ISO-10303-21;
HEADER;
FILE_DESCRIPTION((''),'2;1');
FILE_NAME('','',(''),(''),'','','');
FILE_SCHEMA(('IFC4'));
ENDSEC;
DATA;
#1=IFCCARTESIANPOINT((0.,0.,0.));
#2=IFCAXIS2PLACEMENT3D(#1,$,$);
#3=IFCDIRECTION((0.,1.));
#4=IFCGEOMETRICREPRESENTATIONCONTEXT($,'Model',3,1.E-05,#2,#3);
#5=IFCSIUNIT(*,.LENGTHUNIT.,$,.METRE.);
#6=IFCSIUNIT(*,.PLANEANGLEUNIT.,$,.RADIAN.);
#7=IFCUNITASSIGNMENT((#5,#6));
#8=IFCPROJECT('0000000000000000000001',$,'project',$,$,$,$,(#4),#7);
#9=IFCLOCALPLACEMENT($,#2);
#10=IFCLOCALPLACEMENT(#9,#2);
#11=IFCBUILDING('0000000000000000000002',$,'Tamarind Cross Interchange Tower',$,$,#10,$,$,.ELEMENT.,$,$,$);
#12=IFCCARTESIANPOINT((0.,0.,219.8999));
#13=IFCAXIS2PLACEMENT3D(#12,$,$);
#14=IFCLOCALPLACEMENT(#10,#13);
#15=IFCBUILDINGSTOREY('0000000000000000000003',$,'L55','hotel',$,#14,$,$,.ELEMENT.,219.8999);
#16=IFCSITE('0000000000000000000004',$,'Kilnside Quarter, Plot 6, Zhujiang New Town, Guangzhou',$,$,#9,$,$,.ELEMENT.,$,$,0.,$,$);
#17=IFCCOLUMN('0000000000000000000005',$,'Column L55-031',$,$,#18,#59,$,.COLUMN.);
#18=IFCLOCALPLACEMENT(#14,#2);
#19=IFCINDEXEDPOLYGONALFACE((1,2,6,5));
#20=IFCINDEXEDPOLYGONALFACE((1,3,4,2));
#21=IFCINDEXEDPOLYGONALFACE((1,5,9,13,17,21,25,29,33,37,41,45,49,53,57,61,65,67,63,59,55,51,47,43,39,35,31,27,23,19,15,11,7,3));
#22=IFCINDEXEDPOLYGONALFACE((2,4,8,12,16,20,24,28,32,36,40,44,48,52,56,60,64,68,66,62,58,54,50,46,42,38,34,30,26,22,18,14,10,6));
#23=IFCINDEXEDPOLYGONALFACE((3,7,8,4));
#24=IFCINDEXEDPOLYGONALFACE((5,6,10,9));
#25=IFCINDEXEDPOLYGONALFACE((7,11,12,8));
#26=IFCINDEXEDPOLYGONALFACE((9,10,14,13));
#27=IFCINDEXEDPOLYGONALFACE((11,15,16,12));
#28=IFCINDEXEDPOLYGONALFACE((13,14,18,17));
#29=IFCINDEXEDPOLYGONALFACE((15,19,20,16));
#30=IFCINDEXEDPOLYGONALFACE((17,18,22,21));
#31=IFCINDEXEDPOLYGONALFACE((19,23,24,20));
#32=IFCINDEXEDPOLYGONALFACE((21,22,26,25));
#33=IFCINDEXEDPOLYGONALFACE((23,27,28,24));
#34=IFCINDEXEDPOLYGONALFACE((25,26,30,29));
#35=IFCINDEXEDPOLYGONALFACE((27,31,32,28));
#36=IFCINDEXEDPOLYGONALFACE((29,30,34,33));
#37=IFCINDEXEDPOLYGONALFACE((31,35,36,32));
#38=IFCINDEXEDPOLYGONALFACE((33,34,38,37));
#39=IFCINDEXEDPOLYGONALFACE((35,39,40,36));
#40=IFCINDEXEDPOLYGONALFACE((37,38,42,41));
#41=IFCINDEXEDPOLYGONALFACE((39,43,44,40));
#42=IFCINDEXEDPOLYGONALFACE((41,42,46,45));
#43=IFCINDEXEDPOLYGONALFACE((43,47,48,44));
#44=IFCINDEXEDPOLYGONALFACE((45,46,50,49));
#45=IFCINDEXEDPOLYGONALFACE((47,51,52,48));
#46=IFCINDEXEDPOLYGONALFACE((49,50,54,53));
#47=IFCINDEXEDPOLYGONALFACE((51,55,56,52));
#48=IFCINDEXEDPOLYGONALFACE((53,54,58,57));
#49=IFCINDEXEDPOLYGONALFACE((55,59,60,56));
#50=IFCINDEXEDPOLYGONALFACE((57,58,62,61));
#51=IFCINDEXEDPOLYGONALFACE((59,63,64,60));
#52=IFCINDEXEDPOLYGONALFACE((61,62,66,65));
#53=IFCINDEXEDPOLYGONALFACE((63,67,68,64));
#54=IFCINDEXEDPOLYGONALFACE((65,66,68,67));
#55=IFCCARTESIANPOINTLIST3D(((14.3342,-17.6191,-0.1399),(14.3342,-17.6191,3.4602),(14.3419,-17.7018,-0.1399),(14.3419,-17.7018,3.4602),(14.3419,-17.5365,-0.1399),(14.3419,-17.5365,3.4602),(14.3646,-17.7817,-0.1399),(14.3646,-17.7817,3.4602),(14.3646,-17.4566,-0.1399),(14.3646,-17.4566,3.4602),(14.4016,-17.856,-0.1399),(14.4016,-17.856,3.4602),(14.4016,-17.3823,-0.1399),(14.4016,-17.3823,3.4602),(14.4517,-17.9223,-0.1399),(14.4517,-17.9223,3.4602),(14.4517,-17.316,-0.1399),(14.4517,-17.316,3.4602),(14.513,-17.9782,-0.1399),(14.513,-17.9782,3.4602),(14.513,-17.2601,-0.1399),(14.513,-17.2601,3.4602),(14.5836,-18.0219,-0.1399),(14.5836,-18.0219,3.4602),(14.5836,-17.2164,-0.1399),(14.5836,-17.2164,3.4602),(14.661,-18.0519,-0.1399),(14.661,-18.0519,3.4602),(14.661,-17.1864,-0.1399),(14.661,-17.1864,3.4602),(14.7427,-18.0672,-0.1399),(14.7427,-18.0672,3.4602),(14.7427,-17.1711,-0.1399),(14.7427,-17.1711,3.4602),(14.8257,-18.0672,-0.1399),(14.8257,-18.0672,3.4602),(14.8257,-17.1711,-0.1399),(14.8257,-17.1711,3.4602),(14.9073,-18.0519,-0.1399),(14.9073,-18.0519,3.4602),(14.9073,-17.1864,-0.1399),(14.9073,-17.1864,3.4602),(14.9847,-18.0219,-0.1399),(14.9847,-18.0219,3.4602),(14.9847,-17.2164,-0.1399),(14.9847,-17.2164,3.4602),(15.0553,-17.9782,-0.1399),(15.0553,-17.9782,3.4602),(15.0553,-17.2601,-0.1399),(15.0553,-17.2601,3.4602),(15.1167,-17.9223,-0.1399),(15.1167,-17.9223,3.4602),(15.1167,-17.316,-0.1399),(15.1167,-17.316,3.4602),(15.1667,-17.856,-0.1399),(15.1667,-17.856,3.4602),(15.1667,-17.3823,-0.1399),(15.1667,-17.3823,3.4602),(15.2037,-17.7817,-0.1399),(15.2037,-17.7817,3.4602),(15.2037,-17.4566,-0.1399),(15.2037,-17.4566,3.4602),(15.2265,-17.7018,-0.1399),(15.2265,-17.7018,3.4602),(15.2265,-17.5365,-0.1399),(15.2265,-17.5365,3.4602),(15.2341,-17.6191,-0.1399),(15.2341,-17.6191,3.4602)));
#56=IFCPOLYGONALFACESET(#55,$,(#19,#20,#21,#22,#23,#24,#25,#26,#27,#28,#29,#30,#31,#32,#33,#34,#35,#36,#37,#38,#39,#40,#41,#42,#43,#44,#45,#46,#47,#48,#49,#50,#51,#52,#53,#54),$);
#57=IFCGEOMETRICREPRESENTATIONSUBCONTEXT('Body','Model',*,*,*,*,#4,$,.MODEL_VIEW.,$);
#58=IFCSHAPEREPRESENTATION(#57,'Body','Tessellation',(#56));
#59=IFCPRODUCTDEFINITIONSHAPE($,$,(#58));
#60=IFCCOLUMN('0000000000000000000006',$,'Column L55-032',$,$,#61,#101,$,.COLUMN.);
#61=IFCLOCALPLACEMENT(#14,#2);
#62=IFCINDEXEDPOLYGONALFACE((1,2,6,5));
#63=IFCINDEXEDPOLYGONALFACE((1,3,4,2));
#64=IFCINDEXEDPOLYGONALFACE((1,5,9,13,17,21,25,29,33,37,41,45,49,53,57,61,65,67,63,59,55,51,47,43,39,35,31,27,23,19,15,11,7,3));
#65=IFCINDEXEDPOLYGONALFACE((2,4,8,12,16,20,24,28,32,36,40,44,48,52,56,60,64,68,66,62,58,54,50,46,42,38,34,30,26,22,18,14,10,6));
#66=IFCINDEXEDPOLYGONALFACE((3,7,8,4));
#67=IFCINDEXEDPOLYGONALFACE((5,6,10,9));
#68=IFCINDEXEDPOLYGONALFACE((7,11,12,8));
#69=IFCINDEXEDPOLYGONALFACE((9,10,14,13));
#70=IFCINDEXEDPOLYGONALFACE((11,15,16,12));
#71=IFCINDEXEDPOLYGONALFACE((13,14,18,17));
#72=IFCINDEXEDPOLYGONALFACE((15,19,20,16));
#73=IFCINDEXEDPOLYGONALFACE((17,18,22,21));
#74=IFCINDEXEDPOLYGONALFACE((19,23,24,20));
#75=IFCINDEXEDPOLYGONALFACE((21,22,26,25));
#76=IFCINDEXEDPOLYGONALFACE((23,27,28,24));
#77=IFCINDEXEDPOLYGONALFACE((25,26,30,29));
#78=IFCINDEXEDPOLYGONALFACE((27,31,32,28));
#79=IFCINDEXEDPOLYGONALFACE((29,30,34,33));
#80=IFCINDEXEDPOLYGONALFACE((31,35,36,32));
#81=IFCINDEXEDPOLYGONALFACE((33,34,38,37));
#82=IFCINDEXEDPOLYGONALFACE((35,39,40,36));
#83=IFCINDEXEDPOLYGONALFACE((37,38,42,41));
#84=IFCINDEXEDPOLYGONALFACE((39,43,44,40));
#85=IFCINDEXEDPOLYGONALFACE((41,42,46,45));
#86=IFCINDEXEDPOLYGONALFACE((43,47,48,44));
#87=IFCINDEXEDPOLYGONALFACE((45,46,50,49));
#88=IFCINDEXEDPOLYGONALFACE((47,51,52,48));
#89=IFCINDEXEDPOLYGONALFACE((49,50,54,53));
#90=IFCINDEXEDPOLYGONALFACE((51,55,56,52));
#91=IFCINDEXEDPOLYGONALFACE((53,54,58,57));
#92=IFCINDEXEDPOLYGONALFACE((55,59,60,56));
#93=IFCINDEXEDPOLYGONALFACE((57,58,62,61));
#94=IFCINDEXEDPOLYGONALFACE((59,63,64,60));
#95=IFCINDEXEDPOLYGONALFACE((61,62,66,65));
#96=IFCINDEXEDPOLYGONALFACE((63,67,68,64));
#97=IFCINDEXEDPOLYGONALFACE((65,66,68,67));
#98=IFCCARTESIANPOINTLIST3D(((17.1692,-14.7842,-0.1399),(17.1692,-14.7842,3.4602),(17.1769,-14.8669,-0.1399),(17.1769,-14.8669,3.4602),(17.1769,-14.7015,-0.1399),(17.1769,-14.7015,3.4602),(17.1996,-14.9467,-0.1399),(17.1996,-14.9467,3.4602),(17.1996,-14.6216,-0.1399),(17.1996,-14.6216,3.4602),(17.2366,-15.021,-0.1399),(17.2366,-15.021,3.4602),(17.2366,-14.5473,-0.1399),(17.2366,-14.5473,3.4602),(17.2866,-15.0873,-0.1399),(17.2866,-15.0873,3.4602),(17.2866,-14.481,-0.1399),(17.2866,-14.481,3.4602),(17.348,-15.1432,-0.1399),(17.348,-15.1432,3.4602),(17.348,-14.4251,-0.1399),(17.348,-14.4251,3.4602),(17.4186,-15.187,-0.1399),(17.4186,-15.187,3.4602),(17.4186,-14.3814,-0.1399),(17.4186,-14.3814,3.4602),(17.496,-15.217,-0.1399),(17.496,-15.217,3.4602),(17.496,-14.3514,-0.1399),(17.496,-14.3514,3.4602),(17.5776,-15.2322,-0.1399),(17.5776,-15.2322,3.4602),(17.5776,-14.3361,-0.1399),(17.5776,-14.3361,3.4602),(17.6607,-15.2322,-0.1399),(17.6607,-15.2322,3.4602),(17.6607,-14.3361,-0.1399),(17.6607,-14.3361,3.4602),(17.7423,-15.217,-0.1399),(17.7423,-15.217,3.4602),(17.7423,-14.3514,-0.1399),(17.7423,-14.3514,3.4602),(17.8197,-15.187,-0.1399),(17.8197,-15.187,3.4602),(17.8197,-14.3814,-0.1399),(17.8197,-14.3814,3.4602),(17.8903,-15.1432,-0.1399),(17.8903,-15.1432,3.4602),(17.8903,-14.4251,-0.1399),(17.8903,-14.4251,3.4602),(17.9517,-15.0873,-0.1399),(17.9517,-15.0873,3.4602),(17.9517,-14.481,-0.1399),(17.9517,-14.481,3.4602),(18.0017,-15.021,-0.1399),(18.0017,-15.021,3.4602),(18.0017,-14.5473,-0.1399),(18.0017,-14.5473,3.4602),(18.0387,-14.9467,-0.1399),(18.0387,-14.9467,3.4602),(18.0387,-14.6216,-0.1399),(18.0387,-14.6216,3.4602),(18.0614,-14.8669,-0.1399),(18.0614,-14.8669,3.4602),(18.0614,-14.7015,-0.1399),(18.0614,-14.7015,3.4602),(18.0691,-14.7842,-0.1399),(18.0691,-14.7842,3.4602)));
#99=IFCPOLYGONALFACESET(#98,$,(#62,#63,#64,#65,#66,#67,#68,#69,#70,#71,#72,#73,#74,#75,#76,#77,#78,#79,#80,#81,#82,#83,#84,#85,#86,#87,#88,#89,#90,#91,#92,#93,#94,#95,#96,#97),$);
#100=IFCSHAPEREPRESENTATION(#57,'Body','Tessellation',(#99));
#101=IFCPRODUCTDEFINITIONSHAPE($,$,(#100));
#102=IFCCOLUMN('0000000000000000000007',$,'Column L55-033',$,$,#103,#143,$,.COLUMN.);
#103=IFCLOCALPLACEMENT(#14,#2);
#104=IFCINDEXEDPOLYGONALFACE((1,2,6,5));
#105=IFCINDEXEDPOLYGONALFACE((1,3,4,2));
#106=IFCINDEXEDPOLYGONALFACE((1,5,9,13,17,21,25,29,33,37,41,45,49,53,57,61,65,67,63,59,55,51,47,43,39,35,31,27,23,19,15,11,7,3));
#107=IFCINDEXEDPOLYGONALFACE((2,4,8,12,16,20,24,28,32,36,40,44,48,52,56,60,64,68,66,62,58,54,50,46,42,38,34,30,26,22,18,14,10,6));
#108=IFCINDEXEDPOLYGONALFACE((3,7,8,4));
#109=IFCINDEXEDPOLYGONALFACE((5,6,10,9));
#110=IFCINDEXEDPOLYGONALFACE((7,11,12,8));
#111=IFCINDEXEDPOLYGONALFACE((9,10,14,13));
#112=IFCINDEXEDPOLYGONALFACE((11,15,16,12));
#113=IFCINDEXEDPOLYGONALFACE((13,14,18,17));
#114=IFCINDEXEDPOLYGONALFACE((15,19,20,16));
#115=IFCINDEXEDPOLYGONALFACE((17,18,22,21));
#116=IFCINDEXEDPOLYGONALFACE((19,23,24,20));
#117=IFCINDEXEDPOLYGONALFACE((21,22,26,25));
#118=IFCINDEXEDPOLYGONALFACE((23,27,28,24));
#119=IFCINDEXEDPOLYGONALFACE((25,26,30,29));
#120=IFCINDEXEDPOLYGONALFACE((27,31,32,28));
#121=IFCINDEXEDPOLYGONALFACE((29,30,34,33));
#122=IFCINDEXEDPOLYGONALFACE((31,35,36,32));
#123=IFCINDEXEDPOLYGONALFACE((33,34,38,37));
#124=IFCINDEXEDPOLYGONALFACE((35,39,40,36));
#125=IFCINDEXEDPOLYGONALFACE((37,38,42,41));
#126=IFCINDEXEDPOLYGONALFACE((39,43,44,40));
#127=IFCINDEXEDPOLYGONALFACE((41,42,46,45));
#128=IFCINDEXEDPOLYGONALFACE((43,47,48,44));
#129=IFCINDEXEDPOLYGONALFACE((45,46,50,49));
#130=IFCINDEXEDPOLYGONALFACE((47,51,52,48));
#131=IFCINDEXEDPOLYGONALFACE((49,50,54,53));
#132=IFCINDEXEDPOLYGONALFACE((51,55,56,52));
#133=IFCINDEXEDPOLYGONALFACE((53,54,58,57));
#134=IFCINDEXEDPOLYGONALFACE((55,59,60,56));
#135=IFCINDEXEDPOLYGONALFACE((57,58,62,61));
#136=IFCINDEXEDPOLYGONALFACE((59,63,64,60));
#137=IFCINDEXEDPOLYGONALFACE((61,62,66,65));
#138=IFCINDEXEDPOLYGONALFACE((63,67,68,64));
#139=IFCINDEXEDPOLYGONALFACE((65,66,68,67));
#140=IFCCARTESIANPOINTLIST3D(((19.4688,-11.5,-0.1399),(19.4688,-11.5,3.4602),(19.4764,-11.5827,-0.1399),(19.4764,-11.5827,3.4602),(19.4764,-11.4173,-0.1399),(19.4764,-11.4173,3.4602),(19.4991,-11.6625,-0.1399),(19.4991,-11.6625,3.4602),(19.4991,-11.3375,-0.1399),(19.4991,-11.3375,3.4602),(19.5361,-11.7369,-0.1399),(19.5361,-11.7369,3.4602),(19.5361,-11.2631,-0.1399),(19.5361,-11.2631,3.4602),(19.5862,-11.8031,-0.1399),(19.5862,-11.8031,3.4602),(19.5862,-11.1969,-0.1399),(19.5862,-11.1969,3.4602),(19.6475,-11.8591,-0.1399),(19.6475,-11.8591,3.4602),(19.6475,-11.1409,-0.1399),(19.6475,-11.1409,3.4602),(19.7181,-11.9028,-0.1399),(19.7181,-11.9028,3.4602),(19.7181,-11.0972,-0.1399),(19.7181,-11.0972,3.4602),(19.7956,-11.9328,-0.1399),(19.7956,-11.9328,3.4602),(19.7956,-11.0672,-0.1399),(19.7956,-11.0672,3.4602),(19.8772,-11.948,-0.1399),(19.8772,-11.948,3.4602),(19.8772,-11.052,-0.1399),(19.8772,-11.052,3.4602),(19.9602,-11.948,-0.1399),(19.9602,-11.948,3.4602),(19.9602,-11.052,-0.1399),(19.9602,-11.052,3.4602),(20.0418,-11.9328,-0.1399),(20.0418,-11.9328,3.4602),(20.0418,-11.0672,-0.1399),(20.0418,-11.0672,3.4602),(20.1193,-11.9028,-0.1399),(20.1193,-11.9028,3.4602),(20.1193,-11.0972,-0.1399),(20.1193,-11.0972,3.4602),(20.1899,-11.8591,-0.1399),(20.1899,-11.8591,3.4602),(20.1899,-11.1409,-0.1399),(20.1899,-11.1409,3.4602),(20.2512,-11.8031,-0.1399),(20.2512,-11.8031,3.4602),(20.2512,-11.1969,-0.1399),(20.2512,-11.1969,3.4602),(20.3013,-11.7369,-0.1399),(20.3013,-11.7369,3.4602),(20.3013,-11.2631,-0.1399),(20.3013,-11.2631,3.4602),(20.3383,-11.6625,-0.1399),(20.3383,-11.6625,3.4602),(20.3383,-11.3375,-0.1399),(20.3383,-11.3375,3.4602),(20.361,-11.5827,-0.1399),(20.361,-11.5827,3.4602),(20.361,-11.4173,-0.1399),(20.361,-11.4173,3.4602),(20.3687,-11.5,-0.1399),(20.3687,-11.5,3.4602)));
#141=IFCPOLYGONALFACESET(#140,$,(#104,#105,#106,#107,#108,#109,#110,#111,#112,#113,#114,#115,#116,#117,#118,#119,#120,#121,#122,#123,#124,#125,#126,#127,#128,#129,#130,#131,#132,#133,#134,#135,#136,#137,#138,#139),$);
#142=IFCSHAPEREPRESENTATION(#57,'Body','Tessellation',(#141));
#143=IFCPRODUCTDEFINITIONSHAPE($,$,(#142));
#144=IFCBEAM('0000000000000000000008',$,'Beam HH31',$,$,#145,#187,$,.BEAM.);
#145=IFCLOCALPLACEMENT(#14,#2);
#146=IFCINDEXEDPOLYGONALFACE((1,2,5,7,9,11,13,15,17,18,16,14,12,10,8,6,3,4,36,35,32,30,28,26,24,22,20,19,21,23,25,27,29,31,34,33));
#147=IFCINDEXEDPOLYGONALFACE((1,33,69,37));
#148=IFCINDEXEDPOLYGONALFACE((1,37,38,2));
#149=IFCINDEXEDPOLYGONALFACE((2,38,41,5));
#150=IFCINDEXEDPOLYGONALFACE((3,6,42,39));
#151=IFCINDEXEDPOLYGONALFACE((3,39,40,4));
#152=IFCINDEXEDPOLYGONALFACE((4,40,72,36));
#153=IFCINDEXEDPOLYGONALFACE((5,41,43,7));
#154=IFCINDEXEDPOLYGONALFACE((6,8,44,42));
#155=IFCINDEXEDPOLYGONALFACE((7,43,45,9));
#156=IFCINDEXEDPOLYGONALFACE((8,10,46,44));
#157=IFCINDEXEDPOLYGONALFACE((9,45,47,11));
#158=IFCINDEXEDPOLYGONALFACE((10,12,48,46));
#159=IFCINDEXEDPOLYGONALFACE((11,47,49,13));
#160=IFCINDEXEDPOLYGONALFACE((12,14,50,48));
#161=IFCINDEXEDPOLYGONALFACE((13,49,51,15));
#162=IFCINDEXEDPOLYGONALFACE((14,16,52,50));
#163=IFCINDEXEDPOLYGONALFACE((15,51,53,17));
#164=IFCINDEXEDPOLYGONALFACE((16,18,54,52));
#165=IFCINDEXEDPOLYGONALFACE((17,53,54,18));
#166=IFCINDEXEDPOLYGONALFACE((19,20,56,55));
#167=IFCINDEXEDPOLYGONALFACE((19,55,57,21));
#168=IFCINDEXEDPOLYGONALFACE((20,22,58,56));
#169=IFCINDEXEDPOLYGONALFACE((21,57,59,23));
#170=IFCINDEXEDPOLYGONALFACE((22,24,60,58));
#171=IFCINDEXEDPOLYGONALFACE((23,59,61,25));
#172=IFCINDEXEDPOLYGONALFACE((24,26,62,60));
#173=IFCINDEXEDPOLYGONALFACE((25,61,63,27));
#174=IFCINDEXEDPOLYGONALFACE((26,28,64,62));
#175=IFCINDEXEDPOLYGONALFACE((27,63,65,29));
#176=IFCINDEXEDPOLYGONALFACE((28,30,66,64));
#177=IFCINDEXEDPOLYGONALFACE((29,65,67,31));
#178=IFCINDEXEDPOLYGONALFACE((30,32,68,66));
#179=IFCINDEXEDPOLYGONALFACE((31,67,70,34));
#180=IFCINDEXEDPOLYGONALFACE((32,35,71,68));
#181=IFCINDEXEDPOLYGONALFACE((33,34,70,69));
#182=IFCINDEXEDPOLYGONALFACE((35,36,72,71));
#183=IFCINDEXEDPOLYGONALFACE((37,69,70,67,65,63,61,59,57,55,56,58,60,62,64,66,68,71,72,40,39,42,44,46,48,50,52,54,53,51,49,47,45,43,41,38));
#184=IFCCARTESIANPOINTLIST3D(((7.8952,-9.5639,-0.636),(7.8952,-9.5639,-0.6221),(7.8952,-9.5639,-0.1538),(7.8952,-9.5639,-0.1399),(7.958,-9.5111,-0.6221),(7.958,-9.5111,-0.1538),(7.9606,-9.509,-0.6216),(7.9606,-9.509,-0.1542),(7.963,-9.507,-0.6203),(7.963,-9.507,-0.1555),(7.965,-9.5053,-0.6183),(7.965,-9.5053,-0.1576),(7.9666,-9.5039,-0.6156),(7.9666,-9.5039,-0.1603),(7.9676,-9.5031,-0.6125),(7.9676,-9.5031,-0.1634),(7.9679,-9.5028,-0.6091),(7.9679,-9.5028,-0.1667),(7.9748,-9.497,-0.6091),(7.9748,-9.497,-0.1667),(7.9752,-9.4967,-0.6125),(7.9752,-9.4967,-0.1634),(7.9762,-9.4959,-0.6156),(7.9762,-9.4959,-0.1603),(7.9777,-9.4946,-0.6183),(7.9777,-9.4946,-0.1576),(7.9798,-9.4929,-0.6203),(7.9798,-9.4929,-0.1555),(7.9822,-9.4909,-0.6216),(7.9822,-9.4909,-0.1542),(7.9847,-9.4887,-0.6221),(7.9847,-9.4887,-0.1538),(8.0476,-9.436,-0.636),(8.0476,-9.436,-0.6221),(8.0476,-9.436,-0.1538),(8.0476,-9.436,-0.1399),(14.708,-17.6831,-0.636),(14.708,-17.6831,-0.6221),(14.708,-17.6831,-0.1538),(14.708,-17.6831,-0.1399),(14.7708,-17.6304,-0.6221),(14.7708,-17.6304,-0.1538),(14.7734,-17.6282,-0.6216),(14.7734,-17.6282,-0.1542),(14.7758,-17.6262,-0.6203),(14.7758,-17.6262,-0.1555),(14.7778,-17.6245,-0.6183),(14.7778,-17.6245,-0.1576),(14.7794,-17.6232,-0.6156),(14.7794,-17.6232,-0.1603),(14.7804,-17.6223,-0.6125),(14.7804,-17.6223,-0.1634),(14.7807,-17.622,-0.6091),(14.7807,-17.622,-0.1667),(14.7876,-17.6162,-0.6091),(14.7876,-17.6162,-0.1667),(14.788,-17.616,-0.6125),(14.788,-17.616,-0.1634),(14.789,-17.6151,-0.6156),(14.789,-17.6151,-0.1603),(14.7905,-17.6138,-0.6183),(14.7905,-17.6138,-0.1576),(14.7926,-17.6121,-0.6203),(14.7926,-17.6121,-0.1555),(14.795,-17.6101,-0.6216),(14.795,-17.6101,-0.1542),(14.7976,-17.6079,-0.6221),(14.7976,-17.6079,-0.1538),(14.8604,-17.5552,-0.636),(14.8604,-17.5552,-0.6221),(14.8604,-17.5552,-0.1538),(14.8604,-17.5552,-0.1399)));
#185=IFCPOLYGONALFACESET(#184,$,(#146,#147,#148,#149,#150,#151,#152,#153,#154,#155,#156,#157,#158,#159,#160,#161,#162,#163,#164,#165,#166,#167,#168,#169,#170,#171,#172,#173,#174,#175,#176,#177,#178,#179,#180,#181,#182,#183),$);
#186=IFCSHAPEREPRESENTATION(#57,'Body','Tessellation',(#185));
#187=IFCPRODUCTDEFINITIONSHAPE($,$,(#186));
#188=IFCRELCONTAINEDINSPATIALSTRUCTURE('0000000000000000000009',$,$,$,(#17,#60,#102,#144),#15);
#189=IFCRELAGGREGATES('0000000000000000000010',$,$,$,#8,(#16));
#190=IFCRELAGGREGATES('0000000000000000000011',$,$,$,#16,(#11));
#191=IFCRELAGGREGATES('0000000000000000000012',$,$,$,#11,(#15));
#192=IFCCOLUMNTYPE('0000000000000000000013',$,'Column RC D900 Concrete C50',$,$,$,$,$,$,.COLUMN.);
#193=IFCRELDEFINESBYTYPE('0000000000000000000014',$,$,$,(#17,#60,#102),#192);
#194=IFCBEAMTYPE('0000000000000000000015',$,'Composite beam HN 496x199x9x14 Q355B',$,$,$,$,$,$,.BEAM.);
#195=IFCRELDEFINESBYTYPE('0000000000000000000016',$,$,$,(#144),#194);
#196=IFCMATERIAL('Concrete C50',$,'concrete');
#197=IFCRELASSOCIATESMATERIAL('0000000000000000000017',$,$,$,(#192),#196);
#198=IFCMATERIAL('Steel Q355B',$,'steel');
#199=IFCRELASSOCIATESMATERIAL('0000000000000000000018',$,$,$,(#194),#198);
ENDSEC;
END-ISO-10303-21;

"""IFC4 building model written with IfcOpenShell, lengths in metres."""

from ifc_helpers import new_model, si_unit, direction, frame, origin, origin_2d, place, context, subcontext, project, spatial, circle, i_section, extrude, material, material_profile, profile_set, type_object, element, save


model = new_model("IFC4")

# Units and contexts
model_context = context("Model", 3, precision=1e-05, world=origin(), true_north=direction((0.0, 1.0)))
body_context = subcontext(model_context, "Body", "Model", "MODEL_VIEW")
ifc_project = project(units=[si_unit("LENGTHUNIT", "METRE"), si_unit("PLANEANGLEUNIT", "RADIAN")], contexts=[model_context])

# Site, building, storey
site_placement = place(None, origin())
site = spatial("IfcSite", under=ifc_project, at=site_placement, Name="Kilnside Quarter, Plot 6, Zhujiang New Town, Guangzhou", CompositionType="ELEMENT", RefElevation=0.0)
building_placement = place(site_placement, origin())
building = spatial("IfcBuilding", under=site, at=building_placement, Name="Tamarind Cross Interchange Tower", CompositionType="ELEMENT")
storey_placement = place(building_placement, frame((0.0, 0.0, 219.8999)))
storey = spatial("IfcBuildingStorey", under=building, at=storey_placement, Name="L55", Description="hotel", CompositionType="ELEMENT", Elevation=219.8999)

# Columns
ifc_material_1 = material(Name="Concrete C50", Category="concrete")
ifc_material_profile_1 = material_profile(ifc_material_1, circle(Radius=0.45, at=origin_2d()), Name="RC D900")
ifc_profile_set_1 = profile_set([ifc_material_profile_1], Name="Concrete C50")
column_type = type_object("IfcColumnType", Name="Column RC D900 Concrete C50", PredefinedType="COLUMN", material=ifc_profile_set_1)
for number, where, z_axis, x_axis, name in (
    (1, (14.7842, -17.6191, -0.1399), (0.0, 0.0, 1.0), (1.0, 0.0, 0.0), "Column L55-031"),
    (2, (17.6191, -14.7842, -0.1399), (0.0, 0.0, 1.0), (1.0, 0.0, 0.0), "Column L55-032"),
    (3, (19.9187, -11.5, -0.1399), (0.0, 0.0, 1.0), (1.0, 0.0, 0.0), "Column L55-033"),
):
    element("IfcColumn", number, at=place(storey_placement, frame(where, z_axis=z_axis, x_axis=x_axis)), inside=storey, type_object=column_type, Name=name, PredefinedType="COLUMN", context=body_context, shape_type="SweptSolid", body=[
        extrude(circle(Radius=0.45, at=origin_2d()), origin(), (0.0, 0.0, 1.0), 3.6001),
    ])

# Beam
ifc_material_2 = material(Name="Steel Q355B", Category="steel")
ifc_material_profile_2 = material_profile(ifc_material_2, i_section(OverallWidth=0.199, OverallDepth=0.4961, WebThickness=0.009, FlangeThickness=0.0139, FilletRadius=0.0129, at=origin_2d()), Name="HN 496x199x9x14")
ifc_profile_set_2 = profile_set([ifc_material_profile_2], Name="Steel Q355B")
beam_type = type_object("IfcBeamType", Name="Composite beam HN 496x199x9x14 Q355B", PredefinedType="BEAM", material=ifc_profile_set_2)
beam_1_placement = place(storey_placement, frame((14.7842, -17.6191, -0.3879), z_axis=(-0.642786, 0.766046, 0.0), x_axis=(-0.766046, -0.642786, 0.0)))
element("IfcBeam", 4, at=beam_1_placement, inside=storey, type_object=beam_type, Name="Beam HH31", PredefinedType="BEAM", context=body_context, shape_type="SweptSolid", body=[
    extrude(i_section(OverallWidth=0.199, OverallDepth=0.4961, WebThickness=0.009, FlangeThickness=0.0139, FilletRadius=0.0129, at=origin_2d()), origin(), (0.0, 0.0, 1.0), 10.5989),
])

save(model, "model.ifc")
